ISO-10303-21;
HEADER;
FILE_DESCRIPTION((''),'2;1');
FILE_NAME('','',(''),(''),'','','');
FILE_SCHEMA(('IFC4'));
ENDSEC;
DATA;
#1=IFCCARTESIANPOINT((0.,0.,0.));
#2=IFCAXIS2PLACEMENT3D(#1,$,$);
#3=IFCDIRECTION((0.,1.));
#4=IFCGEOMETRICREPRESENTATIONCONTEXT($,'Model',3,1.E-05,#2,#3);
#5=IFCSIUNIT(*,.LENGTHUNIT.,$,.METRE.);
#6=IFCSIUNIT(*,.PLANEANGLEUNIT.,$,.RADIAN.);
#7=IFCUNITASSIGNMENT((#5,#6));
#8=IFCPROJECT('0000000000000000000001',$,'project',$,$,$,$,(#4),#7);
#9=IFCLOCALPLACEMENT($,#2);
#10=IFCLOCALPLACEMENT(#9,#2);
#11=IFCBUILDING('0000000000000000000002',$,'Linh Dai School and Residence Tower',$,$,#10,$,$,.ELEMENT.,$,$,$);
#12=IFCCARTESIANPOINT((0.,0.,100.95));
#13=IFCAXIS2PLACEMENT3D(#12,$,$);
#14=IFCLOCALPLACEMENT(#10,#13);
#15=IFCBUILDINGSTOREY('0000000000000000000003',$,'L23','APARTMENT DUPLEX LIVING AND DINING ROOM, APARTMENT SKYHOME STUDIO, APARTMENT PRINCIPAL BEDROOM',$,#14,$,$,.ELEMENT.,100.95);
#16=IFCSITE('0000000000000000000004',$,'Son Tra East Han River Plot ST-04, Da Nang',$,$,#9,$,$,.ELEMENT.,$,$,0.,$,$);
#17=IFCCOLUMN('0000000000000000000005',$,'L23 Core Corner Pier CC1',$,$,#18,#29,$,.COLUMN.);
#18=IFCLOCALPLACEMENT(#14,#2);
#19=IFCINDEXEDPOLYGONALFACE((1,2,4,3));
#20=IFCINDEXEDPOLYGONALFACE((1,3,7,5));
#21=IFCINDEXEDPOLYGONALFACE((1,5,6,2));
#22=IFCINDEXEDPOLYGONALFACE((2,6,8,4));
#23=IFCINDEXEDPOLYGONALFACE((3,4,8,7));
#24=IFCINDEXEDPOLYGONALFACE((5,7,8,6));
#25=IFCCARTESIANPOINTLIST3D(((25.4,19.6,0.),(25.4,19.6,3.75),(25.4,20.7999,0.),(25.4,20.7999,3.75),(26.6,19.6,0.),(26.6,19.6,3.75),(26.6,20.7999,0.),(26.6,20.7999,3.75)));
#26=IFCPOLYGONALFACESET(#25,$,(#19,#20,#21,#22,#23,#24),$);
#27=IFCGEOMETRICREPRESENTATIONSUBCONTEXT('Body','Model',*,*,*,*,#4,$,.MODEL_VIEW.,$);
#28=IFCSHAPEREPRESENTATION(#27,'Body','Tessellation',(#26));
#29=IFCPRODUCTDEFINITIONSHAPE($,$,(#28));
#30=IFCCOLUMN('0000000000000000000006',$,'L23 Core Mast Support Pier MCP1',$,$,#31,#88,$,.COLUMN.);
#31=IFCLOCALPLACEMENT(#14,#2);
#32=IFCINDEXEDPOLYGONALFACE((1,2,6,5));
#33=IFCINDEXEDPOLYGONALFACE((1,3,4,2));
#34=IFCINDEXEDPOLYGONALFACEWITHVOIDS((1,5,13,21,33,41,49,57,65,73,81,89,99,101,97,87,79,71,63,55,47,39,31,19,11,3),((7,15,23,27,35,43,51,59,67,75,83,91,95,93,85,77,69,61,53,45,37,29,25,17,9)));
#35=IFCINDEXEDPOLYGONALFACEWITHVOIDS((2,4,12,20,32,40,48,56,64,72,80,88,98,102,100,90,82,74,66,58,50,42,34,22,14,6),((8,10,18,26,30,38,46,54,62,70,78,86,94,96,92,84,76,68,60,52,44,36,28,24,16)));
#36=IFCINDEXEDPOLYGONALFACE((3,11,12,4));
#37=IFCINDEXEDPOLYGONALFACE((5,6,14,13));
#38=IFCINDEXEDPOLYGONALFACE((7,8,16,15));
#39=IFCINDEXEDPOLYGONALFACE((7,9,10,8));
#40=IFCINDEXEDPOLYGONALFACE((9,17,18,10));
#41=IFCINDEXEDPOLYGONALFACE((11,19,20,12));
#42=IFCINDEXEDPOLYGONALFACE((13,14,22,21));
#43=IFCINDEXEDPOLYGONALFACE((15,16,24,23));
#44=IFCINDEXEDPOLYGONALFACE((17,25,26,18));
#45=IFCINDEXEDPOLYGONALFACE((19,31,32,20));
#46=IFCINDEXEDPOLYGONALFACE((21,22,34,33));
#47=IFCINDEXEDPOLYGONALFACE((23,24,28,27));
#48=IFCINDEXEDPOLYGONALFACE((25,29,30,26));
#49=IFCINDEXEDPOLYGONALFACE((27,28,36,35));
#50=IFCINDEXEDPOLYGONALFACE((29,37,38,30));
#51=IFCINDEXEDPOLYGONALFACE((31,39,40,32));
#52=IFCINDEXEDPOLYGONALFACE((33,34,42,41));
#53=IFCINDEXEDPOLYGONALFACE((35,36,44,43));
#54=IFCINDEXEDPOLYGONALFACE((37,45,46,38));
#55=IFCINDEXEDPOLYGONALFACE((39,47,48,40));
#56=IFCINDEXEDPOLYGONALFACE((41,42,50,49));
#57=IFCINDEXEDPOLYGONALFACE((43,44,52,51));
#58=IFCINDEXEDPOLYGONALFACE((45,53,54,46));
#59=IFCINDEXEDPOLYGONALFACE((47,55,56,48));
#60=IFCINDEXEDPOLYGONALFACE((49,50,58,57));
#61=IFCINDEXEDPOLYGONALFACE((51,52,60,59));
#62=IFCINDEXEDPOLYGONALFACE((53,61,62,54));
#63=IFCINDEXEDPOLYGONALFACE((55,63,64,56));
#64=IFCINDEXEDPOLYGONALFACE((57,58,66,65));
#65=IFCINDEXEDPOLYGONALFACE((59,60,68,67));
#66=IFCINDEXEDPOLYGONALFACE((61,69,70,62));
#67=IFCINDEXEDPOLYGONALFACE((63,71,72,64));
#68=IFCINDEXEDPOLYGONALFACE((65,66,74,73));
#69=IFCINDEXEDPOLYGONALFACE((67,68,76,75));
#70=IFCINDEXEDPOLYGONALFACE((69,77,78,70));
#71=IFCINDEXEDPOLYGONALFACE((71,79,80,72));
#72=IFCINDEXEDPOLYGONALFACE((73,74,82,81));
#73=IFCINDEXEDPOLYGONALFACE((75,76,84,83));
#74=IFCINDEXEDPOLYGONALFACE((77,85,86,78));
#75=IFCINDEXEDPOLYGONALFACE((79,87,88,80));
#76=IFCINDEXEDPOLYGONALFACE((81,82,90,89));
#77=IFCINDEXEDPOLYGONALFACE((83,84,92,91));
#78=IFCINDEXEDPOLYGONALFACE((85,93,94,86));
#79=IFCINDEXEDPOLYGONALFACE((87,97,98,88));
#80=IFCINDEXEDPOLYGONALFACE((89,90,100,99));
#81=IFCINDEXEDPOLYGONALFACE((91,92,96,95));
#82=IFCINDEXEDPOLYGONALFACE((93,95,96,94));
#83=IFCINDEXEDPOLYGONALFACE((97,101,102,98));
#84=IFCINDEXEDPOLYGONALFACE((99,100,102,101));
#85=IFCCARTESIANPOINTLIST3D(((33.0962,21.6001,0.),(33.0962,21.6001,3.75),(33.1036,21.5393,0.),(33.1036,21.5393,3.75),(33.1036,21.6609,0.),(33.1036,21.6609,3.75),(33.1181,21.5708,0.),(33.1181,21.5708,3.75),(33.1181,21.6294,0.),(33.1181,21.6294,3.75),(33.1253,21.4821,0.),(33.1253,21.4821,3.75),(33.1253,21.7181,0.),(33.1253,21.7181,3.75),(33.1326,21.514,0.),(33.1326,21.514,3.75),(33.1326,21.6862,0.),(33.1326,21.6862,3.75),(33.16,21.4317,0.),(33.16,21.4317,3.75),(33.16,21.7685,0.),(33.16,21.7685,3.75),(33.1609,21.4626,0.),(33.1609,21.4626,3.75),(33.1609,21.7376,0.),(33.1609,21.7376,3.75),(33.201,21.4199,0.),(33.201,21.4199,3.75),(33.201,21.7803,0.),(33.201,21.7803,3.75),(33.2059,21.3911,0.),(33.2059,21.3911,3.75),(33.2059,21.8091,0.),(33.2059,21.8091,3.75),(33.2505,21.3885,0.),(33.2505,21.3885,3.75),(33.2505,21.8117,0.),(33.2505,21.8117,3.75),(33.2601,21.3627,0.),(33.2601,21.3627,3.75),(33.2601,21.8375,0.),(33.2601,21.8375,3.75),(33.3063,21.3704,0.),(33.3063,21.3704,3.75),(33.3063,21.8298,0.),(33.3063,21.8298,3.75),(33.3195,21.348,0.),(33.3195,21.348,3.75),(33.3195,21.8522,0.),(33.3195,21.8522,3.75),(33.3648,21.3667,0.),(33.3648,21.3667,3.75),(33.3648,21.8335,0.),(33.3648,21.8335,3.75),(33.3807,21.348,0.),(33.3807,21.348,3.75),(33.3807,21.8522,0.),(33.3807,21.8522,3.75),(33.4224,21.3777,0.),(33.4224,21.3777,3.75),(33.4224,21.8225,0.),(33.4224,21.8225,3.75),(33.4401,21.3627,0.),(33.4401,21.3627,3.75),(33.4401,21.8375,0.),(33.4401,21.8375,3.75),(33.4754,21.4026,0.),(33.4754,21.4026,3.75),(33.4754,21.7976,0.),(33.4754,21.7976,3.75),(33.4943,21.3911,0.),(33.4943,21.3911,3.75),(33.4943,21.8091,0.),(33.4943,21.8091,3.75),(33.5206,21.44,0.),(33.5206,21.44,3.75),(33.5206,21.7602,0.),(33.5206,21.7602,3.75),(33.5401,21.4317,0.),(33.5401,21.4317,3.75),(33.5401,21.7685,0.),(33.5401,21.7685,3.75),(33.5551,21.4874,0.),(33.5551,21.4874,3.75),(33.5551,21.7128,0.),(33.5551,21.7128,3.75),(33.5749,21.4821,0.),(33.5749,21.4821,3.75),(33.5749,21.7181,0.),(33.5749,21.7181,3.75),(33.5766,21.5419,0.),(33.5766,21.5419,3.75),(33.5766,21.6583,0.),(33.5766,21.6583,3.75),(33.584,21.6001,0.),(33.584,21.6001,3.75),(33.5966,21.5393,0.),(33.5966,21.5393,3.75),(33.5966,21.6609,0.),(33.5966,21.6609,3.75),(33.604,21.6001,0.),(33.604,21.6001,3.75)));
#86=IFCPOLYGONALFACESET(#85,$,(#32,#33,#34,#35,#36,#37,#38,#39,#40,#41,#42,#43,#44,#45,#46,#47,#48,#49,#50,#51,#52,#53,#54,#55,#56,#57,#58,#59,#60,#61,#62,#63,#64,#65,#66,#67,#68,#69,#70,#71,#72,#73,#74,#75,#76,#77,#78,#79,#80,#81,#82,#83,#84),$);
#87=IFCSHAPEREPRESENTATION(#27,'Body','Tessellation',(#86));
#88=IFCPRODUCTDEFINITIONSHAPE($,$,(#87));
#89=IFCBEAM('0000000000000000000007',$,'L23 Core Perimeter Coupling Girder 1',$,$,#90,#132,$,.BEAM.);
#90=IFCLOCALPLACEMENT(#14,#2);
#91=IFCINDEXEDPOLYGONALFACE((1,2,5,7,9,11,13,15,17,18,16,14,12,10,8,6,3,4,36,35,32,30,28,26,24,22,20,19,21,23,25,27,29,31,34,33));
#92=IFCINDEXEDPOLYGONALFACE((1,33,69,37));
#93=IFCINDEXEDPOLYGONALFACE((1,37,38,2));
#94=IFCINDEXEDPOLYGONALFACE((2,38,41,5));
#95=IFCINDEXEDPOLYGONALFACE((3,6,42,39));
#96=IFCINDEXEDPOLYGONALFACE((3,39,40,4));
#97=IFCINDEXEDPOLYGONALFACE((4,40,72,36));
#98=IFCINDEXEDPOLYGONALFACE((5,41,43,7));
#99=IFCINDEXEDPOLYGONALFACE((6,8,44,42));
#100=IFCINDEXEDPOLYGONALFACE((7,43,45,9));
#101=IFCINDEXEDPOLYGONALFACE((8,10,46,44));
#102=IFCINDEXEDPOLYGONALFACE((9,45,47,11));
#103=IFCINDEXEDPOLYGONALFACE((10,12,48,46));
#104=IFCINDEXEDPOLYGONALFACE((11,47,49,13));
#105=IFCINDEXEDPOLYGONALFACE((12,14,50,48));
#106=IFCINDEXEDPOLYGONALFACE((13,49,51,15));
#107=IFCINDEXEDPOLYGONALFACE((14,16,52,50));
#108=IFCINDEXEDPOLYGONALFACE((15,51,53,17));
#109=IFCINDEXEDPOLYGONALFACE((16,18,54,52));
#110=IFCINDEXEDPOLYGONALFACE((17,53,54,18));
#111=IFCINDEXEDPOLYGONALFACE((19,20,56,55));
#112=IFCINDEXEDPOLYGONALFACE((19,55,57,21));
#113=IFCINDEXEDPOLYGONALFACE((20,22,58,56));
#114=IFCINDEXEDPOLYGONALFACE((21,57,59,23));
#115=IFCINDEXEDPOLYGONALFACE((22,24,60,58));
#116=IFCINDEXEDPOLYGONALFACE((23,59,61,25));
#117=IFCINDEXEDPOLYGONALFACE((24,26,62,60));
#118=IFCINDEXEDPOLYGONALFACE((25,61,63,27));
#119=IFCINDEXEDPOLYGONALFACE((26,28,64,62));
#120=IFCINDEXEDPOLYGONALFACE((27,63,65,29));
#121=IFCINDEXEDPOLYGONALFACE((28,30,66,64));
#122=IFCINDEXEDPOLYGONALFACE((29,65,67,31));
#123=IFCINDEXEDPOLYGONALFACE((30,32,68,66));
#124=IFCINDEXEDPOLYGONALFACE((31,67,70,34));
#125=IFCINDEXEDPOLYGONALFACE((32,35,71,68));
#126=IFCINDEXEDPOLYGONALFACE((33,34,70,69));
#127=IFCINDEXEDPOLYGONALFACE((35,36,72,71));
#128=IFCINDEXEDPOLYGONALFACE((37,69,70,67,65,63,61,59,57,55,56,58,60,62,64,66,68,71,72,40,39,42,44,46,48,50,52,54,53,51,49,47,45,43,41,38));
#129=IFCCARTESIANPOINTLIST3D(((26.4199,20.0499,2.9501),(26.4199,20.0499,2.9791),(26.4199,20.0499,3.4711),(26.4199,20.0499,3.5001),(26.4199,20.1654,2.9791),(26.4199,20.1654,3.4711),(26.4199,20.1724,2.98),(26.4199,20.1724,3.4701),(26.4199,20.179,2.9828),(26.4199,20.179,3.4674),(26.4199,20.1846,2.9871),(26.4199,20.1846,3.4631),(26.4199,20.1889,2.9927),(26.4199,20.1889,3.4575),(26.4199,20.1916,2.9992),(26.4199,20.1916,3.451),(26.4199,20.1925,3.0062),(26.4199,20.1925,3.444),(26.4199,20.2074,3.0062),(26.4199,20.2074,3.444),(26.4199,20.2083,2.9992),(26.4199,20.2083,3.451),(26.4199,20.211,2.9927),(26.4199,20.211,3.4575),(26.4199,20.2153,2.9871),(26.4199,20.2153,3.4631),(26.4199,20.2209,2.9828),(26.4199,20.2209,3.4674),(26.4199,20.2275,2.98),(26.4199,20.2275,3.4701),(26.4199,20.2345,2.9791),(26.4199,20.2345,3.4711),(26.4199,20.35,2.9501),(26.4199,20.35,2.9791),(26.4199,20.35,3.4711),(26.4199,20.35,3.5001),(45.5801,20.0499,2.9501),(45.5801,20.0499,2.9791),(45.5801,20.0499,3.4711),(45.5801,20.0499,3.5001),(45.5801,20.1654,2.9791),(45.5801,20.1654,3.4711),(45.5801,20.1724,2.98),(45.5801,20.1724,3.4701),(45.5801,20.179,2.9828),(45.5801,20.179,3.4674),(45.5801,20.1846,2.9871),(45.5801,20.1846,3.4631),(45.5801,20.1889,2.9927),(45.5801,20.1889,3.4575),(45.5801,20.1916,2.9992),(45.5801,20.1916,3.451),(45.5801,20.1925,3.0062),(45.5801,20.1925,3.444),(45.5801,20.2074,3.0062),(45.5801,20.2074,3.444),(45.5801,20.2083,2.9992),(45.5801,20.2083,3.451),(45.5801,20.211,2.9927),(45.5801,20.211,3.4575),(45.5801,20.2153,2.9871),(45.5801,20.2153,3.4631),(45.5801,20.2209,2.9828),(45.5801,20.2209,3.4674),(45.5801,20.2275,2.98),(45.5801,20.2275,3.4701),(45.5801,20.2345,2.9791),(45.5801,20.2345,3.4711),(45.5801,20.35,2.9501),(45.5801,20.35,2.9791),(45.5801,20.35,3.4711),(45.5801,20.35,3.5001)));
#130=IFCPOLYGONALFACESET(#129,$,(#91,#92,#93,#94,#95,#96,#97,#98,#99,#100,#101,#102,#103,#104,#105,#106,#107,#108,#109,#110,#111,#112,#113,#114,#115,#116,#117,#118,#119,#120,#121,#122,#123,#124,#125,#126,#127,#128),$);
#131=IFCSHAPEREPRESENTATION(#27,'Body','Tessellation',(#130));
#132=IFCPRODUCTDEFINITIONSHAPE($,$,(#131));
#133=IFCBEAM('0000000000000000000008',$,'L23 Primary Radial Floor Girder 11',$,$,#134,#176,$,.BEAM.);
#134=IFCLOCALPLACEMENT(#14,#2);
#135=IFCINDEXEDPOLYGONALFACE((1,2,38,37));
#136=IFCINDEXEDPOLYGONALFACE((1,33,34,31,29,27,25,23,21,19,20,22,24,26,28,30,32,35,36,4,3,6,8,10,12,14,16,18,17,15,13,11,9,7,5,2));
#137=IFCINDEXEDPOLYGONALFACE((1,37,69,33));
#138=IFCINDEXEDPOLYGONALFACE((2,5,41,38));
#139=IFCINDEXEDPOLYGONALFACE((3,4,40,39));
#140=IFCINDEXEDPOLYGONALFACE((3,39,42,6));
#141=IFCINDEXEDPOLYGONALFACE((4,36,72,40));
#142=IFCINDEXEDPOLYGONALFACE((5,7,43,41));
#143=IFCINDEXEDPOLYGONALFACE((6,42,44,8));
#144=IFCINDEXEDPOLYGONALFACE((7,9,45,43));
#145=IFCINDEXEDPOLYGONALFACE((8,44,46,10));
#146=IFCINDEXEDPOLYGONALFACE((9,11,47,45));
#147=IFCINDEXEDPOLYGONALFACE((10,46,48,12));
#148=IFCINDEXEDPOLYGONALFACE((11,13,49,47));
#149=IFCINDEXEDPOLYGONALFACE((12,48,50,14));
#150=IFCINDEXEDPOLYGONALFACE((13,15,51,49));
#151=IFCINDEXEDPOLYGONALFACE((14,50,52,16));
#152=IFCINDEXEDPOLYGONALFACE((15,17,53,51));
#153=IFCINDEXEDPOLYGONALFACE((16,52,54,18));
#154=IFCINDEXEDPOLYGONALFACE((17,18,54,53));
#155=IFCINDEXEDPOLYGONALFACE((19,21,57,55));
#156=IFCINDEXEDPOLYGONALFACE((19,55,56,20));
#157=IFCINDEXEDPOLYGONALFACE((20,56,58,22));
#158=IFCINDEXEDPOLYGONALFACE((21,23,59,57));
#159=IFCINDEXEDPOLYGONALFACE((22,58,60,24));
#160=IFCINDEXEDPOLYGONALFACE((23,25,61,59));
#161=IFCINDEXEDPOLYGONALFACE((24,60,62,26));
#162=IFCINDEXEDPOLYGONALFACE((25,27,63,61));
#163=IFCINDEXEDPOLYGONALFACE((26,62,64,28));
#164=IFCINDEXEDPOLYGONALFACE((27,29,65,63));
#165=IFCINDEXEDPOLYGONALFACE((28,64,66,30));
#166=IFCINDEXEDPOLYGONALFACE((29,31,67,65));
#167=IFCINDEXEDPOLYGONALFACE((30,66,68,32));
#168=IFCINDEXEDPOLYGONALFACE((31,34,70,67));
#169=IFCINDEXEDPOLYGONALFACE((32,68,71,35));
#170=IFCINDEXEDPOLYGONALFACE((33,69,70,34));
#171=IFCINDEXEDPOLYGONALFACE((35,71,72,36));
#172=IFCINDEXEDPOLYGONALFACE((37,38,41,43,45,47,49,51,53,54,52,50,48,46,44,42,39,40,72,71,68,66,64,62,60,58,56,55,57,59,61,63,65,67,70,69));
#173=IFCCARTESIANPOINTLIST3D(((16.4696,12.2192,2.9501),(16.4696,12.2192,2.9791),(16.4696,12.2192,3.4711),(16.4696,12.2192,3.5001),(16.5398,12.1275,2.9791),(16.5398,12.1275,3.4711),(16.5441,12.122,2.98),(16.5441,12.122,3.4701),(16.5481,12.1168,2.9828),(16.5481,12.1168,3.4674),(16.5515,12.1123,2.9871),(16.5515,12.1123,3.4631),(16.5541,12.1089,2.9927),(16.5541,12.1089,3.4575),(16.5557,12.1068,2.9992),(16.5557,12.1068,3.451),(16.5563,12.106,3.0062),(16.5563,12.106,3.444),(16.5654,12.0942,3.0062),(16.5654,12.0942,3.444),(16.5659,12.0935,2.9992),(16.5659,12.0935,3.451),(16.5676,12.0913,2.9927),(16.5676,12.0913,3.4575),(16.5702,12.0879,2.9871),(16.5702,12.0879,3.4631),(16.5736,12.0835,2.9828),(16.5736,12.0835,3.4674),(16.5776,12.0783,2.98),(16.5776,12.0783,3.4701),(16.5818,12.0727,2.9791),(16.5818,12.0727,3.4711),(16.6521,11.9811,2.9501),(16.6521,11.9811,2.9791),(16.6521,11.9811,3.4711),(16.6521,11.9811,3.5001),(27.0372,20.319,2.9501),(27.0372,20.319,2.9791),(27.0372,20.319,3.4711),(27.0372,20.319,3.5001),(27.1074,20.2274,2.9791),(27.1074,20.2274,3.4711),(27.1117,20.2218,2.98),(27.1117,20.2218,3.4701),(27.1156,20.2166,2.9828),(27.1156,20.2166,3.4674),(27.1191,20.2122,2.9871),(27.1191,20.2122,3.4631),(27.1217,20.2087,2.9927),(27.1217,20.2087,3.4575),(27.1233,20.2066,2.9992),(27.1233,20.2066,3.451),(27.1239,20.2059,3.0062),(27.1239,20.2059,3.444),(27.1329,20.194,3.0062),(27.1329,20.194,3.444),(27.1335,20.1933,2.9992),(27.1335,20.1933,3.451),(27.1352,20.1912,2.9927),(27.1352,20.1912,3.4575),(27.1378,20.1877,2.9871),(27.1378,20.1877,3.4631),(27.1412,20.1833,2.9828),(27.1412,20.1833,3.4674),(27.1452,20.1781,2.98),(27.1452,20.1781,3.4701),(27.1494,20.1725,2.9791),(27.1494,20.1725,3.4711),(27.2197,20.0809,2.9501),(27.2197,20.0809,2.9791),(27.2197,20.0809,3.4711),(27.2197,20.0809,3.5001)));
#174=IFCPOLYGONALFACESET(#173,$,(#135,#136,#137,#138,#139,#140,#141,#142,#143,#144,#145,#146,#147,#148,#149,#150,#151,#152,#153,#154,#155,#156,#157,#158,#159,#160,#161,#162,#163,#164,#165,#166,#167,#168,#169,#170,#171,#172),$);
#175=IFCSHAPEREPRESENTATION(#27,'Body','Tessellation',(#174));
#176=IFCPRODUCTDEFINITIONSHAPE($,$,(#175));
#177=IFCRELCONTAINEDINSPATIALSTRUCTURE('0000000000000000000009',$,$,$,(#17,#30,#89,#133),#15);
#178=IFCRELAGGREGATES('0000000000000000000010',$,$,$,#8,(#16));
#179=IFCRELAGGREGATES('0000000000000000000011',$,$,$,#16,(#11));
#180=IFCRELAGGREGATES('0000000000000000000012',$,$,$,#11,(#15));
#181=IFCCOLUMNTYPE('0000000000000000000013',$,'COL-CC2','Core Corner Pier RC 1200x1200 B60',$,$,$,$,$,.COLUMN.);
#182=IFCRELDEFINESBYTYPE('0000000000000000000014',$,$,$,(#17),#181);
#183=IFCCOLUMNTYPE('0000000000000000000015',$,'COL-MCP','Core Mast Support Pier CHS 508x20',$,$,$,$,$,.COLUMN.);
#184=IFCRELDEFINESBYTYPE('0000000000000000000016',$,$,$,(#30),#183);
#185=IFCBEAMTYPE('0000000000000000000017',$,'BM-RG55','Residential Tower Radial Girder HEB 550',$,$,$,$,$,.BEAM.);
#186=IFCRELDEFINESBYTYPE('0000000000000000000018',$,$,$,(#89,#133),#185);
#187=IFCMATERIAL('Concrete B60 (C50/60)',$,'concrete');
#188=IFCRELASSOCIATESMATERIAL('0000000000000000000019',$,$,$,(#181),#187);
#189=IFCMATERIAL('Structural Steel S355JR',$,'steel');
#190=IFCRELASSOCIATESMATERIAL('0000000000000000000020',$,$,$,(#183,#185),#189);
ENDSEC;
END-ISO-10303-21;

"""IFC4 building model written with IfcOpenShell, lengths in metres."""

from ifc_helpers import new_model, si_unit, direction, frame, origin, origin_2d, place, context, subcontext, project, spatial, rectangle, hollow_circle, i_section, extrude, material, material_profile, profile_set, type_object, element, save


model = new_model("IFC4")

# Units and contexts
model_context = context("Model", 3, precision=1e-05, world=origin(), true_north=direction((0.0, 1.0)))
body_context = subcontext(model_context, "Body", "Model", "MODEL_VIEW")
ifc_project = project(units=[si_unit("LENGTHUNIT", "METRE"), si_unit("PLANEANGLEUNIT", "RADIAN")], contexts=[model_context])

# Site, building, storey
site_placement = place(None, origin())
site = spatial("IfcSite", under=ifc_project, at=site_placement, Name="Son Tra East Han River Plot ST-04, Da Nang", CompositionType="ELEMENT", RefElevation=0.0)
building_placement = place(site_placement, origin())
building = spatial("IfcBuilding", under=site, at=building_placement, Name="Linh Dai School and Residence Tower", CompositionType="ELEMENT")
storey_placement = place(building_placement, frame((0.0, 0.0, 100.95)))
storey = spatial("IfcBuildingStorey", under=building, at=storey_placement, Name="L23", Description="APARTMENT DUPLEX LIVING AND DINING ROOM, APARTMENT SKYHOME STUDIO, APARTMENT PRINCIPAL BEDROOM", CompositionType="ELEMENT", Elevation=100.95)

# Columns
ifc_material_1 = material(Name="Concrete B60 (C50/60)", Category="concrete")
ifc_material_profile_1 = material_profile(ifc_material_1, rectangle(XDim=1.2, YDim=1.2, at=origin_2d()), Name="RC 1200x1200")
ifc_profile_set_1 = profile_set([ifc_material_profile_1], Name="Concrete B60 (C50/60)")
column_type_1 = type_object("IfcColumnType", Name="COL-CC2", Description="Core Corner Pier RC 1200x1200 B60", PredefinedType="COLUMN", material=ifc_profile_set_1)
column_1_placement = place(storey_placement, frame((26.0, 20.2, 0.0), z_axis=(0.0, 0.0, 1.0), x_axis=(1.0, 0.0, 0.0)))
element("IfcColumn", 1, at=column_1_placement, inside=storey, type_object=column_type_1, Name="L23 Core Corner Pier CC1", PredefinedType="COLUMN", context=body_context, shape_type="SweptSolid", body=[
    extrude(rectangle(XDim=1.2, YDim=1.2, at=origin_2d()), origin(), (0.0, 0.0, 1.0), 3.75),
])
ifc_material_2 = material(Name="Structural Steel S355JR", Category="steel")
ifc_material_profile_2 = material_profile(ifc_material_2, hollow_circle(Radius=0.2539, WallThickness=0.02, at=origin_2d()), Name="CHS 508x20")
ifc_profile_set_2 = profile_set([ifc_material_profile_2], Name="Structural Steel S355JR")
column_type_2 = type_object("IfcColumnType", Name="COL-MCP", Description="Core Mast Support Pier CHS 508x20", PredefinedType="COLUMN", material=ifc_profile_set_2)
column_2_placement = place(storey_placement, frame((33.3501, 21.6001, 0.0), z_axis=(0.0, 0.0, 1.0), x_axis=(1.0, 0.0, 0.0)))
element("IfcColumn", 2, at=column_2_placement, inside=storey, type_object=column_type_2, Name="L23 Core Mast Support Pier MCP1", PredefinedType="COLUMN", context=body_context, shape_type="SweptSolid", body=[
    extrude(hollow_circle(Radius=0.2539, WallThickness=0.02, at=origin_2d()), origin(), (0.0, 0.0, 1.0), 3.75),
])

# Beams
ifc_material_profile_3 = material_profile(ifc_material_2, i_section(OverallWidth=0.3, OverallDepth=0.55, WebThickness=0.0149, FlangeThickness=0.0291, FilletRadius=0.0271, at=origin_2d()), Name="HEB 550")
ifc_profile_set_3 = profile_set([ifc_material_profile_3], Name="Structural Steel S355JR")
beam_type_1 = type_object("IfcBeamType", Name="BM-RG55", Description="Residential Tower Radial Girder HEB 550", PredefinedType="BEAM", material=ifc_profile_set_3)
beam_1_placement = place(storey_placement, frame((26.4199, 20.2, 3.2251), z_axis=(1.0, 0.0, 0.0), x_axis=(0.0, 1.0, 0.0)))
element("IfcBeam", 3, at=beam_1_placement, inside=storey, type_object=beam_type_1, Name="L23 Core Perimeter Coupling Girder 1", PredefinedType="BEAM", context=body_context, shape_type="SweptSolid", body=[
    extrude(i_section(OverallWidth=0.3, OverallDepth=0.55, WebThickness=0.0149, FlangeThickness=0.0291, FilletRadius=0.0271, at=origin_2d()), origin(), (0.0, 0.0, 1.0), 19.1602),
])
beam_2_placement = place(storey_placement, frame((27.1284, 20.2, 3.2251), z_axis=(-0.793679, -0.608337, 0.0), x_axis=(0.608337, -0.793679, 0.0)))
element("IfcBeam", 4, at=beam_2_placement, inside=storey, type_object=beam_type_1, Name="L23 Primary Radial Floor Girder 11", PredefinedType="BEAM", context=body_context, shape_type="SweptSolid", body=[
    extrude(i_section(OverallWidth=0.3, OverallDepth=0.55, WebThickness=0.0149, FlangeThickness=0.0291, FilletRadius=0.0271, at=origin_2d()), origin(), (0.0, 0.0, 1.0), 13.3147),
])

save(model, "model.ifc")
